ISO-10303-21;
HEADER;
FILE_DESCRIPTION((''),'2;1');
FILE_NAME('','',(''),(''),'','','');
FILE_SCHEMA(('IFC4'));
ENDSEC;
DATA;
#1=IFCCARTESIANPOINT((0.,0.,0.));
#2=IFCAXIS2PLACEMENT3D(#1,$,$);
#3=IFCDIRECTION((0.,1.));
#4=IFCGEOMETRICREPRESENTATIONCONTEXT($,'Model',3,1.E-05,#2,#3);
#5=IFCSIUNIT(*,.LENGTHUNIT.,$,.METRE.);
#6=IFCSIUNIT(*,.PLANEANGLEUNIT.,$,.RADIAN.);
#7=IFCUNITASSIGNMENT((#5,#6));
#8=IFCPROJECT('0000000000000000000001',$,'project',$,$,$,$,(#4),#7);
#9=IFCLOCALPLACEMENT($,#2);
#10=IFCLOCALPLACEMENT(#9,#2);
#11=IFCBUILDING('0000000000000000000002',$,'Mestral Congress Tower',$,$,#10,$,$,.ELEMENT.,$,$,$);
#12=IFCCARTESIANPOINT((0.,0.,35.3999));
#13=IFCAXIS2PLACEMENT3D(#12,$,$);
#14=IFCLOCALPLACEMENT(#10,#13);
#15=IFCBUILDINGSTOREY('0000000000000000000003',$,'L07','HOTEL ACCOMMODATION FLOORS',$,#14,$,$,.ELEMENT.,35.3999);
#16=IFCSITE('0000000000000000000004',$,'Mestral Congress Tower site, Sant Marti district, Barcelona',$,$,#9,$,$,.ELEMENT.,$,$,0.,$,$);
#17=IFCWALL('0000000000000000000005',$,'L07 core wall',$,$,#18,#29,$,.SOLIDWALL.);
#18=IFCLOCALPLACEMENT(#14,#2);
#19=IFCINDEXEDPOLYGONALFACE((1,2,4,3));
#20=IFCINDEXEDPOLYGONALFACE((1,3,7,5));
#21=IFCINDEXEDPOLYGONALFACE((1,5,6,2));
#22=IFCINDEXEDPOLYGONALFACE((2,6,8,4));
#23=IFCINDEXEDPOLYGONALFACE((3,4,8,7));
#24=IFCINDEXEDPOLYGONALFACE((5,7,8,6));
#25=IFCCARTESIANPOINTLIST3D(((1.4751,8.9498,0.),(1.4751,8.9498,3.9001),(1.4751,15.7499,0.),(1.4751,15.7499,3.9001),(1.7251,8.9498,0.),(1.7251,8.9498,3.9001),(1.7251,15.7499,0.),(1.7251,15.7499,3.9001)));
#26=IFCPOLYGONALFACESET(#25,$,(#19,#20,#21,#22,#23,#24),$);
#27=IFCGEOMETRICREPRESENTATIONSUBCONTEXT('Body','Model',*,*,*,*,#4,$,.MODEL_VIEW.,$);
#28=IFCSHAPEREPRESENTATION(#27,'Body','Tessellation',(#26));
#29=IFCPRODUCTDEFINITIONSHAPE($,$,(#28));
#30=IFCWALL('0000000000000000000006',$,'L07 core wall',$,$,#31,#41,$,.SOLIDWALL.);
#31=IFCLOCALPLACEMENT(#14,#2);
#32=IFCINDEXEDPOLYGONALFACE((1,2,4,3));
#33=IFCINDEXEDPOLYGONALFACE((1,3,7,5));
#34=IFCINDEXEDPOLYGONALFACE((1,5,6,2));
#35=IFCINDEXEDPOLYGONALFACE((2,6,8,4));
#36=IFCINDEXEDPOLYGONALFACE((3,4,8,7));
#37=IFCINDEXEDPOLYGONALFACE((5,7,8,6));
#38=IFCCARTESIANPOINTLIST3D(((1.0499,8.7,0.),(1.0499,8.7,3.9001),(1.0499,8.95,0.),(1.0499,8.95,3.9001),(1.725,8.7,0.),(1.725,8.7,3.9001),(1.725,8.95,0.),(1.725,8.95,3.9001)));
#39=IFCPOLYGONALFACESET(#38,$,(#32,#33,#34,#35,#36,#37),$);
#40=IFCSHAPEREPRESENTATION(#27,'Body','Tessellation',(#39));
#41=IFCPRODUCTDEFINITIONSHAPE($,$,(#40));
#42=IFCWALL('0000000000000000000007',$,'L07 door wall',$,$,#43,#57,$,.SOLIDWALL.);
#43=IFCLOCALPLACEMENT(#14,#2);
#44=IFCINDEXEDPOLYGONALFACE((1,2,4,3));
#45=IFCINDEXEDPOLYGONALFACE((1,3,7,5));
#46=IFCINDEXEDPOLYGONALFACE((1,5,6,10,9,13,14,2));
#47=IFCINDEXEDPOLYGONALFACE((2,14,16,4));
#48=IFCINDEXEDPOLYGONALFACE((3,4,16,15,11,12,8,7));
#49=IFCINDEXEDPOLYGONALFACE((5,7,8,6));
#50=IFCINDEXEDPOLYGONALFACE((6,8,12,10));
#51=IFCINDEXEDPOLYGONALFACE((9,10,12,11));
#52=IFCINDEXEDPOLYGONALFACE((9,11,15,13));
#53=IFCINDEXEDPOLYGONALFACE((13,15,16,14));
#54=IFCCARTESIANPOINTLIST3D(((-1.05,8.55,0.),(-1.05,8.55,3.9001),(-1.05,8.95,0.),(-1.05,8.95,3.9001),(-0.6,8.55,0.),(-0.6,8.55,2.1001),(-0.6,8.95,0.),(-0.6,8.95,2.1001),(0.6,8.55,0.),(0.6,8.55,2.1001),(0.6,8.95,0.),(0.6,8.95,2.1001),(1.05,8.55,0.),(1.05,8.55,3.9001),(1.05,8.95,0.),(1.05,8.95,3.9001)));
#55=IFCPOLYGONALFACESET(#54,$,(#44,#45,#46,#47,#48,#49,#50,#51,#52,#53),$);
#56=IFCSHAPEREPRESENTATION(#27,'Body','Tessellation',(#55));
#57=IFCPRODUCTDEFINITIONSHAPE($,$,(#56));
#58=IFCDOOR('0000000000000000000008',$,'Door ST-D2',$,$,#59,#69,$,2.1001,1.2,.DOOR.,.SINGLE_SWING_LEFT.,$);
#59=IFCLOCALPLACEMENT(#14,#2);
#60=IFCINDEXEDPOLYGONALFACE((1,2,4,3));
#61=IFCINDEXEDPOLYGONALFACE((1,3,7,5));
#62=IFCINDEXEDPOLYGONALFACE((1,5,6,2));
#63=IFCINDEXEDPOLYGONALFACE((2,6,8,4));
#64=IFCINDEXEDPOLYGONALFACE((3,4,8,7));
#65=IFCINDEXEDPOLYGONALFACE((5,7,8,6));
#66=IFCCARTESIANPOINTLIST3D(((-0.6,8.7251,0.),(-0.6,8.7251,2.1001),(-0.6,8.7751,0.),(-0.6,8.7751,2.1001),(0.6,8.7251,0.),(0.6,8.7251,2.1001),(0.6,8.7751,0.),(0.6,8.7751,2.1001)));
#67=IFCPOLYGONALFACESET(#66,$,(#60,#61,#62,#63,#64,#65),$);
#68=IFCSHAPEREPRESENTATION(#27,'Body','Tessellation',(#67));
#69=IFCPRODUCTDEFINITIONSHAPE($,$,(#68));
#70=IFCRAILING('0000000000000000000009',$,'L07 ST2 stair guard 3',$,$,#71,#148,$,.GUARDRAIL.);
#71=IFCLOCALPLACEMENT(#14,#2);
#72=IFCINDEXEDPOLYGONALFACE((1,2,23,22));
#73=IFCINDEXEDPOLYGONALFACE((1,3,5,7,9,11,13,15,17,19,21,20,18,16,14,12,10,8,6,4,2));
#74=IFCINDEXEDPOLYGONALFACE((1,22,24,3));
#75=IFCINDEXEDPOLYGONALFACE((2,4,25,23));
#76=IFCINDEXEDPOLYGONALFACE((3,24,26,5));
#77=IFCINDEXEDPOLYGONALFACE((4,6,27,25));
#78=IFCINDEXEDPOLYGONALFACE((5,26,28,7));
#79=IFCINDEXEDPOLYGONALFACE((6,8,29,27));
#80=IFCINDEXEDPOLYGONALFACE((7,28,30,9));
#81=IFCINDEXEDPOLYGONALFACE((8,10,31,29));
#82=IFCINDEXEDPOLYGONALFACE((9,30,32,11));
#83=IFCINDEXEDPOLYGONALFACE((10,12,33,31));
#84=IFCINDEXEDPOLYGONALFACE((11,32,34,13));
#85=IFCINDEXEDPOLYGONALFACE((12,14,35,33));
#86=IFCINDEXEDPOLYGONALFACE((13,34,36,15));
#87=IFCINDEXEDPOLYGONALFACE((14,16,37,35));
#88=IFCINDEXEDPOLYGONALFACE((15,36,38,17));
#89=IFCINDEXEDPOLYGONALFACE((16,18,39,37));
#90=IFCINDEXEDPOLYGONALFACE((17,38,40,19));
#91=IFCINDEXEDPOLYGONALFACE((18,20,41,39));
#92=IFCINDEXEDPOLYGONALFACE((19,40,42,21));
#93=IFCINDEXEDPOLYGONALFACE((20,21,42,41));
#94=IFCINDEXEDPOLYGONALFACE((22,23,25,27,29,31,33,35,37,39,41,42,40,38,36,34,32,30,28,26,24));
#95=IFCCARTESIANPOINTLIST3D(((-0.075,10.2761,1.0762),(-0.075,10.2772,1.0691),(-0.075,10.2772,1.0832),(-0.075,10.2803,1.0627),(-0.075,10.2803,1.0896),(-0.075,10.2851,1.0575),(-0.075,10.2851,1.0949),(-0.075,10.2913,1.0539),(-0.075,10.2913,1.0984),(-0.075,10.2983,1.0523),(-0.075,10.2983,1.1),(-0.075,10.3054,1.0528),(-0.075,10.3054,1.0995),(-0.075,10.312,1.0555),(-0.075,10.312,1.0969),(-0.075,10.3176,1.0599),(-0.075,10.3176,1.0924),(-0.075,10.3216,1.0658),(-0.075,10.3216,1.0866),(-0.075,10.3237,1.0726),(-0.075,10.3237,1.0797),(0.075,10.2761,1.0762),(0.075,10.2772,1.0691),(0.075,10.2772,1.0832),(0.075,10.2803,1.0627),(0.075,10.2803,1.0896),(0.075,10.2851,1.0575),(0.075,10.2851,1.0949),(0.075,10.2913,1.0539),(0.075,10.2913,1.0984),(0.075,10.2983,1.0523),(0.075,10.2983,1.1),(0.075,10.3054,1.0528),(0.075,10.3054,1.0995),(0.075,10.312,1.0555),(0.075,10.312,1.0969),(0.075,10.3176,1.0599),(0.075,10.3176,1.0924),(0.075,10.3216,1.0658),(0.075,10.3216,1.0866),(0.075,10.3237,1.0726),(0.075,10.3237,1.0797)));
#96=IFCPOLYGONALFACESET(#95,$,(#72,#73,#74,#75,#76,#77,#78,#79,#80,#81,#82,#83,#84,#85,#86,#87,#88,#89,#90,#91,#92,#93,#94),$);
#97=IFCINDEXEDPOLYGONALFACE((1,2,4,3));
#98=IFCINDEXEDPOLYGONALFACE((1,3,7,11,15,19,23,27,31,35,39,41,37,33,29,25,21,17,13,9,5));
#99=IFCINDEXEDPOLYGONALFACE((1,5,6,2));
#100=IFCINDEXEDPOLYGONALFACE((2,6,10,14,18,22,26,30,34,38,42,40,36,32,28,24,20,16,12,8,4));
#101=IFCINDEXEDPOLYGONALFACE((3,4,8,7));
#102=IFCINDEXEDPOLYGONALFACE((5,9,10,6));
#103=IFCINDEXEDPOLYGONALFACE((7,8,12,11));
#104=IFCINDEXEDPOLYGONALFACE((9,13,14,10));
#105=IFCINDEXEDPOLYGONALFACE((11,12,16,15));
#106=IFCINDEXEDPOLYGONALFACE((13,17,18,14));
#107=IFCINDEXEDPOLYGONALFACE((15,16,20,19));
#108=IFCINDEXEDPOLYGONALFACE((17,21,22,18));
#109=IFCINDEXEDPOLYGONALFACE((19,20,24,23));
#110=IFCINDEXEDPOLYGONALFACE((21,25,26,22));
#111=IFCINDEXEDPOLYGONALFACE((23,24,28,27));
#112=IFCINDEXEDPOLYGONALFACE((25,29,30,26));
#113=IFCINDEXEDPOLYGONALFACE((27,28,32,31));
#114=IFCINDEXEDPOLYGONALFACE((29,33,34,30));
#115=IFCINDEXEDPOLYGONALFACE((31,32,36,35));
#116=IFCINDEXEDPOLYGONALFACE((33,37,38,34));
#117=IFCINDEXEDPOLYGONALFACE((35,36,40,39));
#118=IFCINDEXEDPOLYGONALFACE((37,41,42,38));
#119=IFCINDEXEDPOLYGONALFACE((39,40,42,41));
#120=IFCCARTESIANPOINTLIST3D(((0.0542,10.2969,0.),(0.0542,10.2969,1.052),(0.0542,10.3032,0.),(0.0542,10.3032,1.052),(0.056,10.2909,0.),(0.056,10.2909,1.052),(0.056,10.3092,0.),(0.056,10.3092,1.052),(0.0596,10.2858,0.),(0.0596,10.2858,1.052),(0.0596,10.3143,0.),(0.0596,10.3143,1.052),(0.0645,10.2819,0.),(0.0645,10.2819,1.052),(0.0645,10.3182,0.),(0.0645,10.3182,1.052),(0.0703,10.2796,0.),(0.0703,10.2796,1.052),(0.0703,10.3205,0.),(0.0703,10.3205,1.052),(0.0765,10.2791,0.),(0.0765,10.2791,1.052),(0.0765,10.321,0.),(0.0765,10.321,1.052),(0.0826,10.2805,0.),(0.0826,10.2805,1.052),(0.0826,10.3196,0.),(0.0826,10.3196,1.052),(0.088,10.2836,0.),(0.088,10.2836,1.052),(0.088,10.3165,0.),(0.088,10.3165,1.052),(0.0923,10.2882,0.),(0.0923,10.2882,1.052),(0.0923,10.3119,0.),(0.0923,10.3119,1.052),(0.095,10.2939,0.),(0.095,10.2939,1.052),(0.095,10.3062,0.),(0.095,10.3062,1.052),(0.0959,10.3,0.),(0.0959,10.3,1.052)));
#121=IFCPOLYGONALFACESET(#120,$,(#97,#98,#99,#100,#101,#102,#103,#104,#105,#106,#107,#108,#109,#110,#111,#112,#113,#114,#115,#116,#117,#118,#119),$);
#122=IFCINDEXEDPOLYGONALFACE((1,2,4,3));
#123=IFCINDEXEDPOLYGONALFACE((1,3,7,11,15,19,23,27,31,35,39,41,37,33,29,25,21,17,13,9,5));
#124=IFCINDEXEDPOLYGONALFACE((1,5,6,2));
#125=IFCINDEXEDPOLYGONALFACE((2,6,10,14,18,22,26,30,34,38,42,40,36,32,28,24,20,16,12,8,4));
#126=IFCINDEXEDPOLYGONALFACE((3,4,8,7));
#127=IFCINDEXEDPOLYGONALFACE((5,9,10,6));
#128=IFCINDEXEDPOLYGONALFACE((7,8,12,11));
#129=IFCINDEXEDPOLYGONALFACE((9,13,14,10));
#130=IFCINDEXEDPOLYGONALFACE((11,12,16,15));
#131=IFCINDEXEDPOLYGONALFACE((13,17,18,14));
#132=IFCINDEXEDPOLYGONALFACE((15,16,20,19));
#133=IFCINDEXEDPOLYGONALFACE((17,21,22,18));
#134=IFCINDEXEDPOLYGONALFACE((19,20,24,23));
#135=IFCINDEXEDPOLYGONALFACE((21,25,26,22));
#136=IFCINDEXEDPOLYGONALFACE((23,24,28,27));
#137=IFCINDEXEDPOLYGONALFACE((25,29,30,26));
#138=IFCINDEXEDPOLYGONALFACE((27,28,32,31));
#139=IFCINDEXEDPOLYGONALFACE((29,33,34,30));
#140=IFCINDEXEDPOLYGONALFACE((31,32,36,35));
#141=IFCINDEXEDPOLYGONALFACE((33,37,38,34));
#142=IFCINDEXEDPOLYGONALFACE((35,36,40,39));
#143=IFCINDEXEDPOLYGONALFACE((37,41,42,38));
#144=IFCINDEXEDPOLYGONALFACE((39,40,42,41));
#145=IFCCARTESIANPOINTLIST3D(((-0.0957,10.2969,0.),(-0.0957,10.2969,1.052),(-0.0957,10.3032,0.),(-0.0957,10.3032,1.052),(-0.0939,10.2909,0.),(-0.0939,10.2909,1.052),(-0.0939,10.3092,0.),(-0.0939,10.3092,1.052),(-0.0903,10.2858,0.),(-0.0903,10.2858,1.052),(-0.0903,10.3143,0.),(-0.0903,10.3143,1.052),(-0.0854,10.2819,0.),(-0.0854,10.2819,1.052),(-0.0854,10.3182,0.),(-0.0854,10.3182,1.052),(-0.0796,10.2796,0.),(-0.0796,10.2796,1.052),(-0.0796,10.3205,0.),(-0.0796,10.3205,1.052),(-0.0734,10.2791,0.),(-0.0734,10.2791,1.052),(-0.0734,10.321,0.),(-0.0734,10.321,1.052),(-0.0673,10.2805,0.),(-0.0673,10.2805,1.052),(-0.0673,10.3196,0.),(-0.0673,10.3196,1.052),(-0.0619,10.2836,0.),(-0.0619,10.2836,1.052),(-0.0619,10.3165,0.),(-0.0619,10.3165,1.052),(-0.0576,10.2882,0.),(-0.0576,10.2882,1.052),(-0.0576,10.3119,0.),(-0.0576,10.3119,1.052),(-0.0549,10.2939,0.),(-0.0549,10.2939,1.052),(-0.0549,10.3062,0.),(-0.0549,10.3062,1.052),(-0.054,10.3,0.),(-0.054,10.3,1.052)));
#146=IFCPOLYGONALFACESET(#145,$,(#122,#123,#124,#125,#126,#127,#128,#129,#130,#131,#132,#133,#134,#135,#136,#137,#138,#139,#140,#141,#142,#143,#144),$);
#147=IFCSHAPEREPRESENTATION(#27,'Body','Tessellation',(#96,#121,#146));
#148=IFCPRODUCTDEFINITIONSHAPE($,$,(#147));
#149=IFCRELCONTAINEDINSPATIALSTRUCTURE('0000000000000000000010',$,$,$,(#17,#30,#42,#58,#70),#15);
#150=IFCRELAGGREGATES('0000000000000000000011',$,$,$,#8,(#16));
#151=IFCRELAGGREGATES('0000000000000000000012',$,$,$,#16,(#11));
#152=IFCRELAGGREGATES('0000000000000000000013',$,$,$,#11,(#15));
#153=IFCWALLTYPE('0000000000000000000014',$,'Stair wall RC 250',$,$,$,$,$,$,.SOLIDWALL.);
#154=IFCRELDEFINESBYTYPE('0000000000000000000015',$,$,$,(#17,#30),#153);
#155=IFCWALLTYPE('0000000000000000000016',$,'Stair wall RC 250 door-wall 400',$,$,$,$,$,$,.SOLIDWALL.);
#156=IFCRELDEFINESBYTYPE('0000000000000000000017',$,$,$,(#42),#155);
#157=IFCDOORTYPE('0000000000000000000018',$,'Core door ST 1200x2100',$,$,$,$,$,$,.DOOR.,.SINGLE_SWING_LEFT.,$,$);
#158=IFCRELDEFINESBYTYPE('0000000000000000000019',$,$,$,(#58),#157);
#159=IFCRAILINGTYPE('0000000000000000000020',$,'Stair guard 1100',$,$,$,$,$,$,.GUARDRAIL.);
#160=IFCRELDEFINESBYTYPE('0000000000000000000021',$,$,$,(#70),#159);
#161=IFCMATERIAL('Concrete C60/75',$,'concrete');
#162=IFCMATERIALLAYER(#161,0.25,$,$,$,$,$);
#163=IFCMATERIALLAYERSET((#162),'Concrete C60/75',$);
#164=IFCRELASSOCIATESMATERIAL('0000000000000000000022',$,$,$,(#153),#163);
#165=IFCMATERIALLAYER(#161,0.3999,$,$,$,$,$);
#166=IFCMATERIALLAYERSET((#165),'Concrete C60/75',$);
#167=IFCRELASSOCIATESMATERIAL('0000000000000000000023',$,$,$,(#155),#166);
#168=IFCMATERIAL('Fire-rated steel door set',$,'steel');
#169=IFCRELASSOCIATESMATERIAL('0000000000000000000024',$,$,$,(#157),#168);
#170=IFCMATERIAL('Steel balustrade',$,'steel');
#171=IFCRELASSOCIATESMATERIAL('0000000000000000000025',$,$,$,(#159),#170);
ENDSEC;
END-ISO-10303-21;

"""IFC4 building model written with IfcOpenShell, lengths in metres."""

from ifc_helpers import new_model, si_unit, direction, frame, frame_2d, origin, origin_2d, place, context, subcontext, project, spatial, rectangle, circle, extrude, material, layer, layer_set, type_object, element, fill, save


model = new_model("IFC4")

# Units and contexts
model_context = context("Model", 3, precision=1e-05, world=origin(), true_north=direction((0.0, 1.0)))
body_context = subcontext(model_context, "Body", "Model", "MODEL_VIEW")
ifc_project = project(units=[si_unit("LENGTHUNIT", "METRE"), si_unit("PLANEANGLEUNIT", "RADIAN")], contexts=[model_context])

# Site, building, storey
site_placement = place(None, origin())
site = spatial("IfcSite", under=ifc_project, at=site_placement, Name="Mestral Congress Tower site, Sant Marti district, Barcelona", CompositionType="ELEMENT", RefElevation=0.0)
building_placement = place(site_placement, origin())
building = spatial("IfcBuilding", under=site, at=building_placement, Name="Mestral Congress Tower", CompositionType="ELEMENT")
storey_placement = place(building_placement, frame((0.0, 0.0, 35.3999)))
storey = spatial("IfcBuildingStorey", under=building, at=storey_placement, Name="L07", Description="HOTEL ACCOMMODATION FLOORS", CompositionType="ELEMENT", Elevation=35.3999)

# Shared definitions
ifc_material_1 = material(Name="Concrete C60/75", Category="concrete")

# Walls
ifc_layer_1 = layer(ifc_material_1, 0.25)
ifc_layer_set_1 = layer_set([ifc_layer_1], Name="Concrete C60/75")
wall_type_1 = type_object("IfcWallType", Name="Stair wall RC 250", PredefinedType="SOLIDWALL", material=ifc_layer_set_1)
wall_1_placement = place(storey_placement, frame((1.6001, 8.95, 0.0), z_axis=(0.0, 0.0, 1.0), x_axis=(0.0, 1.0, 0.0)))
element("IfcWall", 1, at=wall_1_placement, inside=storey, type_object=wall_type_1, Name="L07 core wall", PredefinedType="SOLIDWALL", context=body_context, shape_type="SweptSolid", body=[
    extrude(rectangle(XDim=6.8, YDim=0.25, at=frame_2d((3.3999, 0.0))), origin(), (0.0, 0.0, 1.0), 3.9001),
])
wall_2_placement = place(storey_placement, frame((1.05, 8.825, 0.0), z_axis=(0.0, 0.0, 1.0), x_axis=(1.0, 0.0, 0.0)))
element("IfcWall", 2, at=wall_2_placement, inside=storey, type_object=wall_type_1, Name="L07 core wall", PredefinedType="SOLIDWALL", context=body_context, shape_type="SweptSolid", body=[
    extrude(rectangle(XDim=0.675, YDim=0.25, at=frame_2d((0.3374, 0.0))), origin(), (0.0, 0.0, 1.0), 3.9001),
])

# Wall, opening, door
ifc_layer_2 = layer(ifc_material_1, 0.3999)
ifc_layer_set_2 = layer_set([ifc_layer_2], Name="Concrete C60/75")
wall_type_2 = type_object("IfcWallType", Name="Stair wall RC 250 door-wall 400", PredefinedType="SOLIDWALL", material=ifc_layer_set_2)
wall_3_placement = place(storey_placement, frame((1.05, 8.75, 0.0), z_axis=(0.0, 0.0, 1.0), x_axis=(-1.0, 0.0, 0.0)))
wall_3 = element("IfcWall", 3, at=wall_3_placement, inside=storey, type_object=wall_type_2, Name="L07 door wall", PredefinedType="SOLIDWALL", context=body_context, shape_type="SweptSolid", body=[
    extrude(rectangle(XDim=2.1001, YDim=0.3999, at=frame_2d((1.05, 0.0))), origin(), (0.0, 0.0, 1.0), 3.9001),
])
opening_placement = place(wall_3_placement, frame((0.45, 0.0, 0.0)))
opening = element("IfcOpeningElement", 4, at=opening_placement, cuts=wall_3, PredefinedType="OPENING", context=body_context, shape_type="SweptSolid", body=[
    extrude(rectangle(XDim=1.2, YDim=2.1001, at=frame_2d((0.6001, 1.05))), frame((0.0, 0.21, 0.0), z_axis=(0.0, -1.0, 0.0), x_axis=(1.0, 0.0, 0.0)), (0.0, 0.0, 1.0), 0.4199),
])
ifc_material_2 = material(Name="Fire-rated steel door set", Category="steel")
door_type = type_object("IfcDoorType", Name="Core door ST 1200x2100", OperationType="SINGLE_SWING_LEFT", PredefinedType="DOOR", material=ifc_material_2)
door_placement = place(opening_placement, origin())
door = element("IfcDoor", 5, at=door_placement, inside=storey, type_object=door_type, Name="Door ST-D2", OperationType="SINGLE_SWING_LEFT", OverallHeight=2.1001, OverallWidth=1.2, PredefinedType="DOOR", context=body_context, shape_type="SweptSolid", body=[
    extrude(rectangle(XDim=1.2, YDim=2.1001, at=frame_2d((0.6001, 1.05))), frame((0.0, 0.0249, 0.0), z_axis=(0.0, -1.0, 0.0), x_axis=(1.0, 0.0, 0.0)), (0.0, 0.0, 1.0), 0.05),
])
fill(opening, door)

# Railing
ifc_material_3 = material(Name="Steel balustrade", Category="steel")
railing_type = type_object("IfcRailingType", Name="Stair guard 1100", PredefinedType="GUARDRAIL", material=ifc_material_3)
railing_placement = place(storey_placement, frame((0.075, 10.3, 0.0)))
element("IfcRailing", 6, at=railing_placement, inside=storey, type_object=railing_type, Name="L07 ST2 stair guard 3", PredefinedType="GUARDRAIL", context=body_context, shape_type="SweptSolid", body=[
    extrude(circle(Radius=0.0239, at=origin_2d()), frame((0.0, 0.0, 1.0762), z_axis=(-1.0, 0.0, 0.0), x_axis=(0.0, -1.0, 0.0)), (0.0, 0.0, 1.0), 0.1499),
    extrude(circle(Radius=0.021, at=origin_2d()), origin(), (0.0, 0.0, 1.0), 1.052),
    extrude(circle(Radius=0.021, at=origin_2d()), frame((-0.1499, 0.0, 0.0)), (0.0, 0.0, 1.0), 1.052),
])

save(model, "model.ifc")
